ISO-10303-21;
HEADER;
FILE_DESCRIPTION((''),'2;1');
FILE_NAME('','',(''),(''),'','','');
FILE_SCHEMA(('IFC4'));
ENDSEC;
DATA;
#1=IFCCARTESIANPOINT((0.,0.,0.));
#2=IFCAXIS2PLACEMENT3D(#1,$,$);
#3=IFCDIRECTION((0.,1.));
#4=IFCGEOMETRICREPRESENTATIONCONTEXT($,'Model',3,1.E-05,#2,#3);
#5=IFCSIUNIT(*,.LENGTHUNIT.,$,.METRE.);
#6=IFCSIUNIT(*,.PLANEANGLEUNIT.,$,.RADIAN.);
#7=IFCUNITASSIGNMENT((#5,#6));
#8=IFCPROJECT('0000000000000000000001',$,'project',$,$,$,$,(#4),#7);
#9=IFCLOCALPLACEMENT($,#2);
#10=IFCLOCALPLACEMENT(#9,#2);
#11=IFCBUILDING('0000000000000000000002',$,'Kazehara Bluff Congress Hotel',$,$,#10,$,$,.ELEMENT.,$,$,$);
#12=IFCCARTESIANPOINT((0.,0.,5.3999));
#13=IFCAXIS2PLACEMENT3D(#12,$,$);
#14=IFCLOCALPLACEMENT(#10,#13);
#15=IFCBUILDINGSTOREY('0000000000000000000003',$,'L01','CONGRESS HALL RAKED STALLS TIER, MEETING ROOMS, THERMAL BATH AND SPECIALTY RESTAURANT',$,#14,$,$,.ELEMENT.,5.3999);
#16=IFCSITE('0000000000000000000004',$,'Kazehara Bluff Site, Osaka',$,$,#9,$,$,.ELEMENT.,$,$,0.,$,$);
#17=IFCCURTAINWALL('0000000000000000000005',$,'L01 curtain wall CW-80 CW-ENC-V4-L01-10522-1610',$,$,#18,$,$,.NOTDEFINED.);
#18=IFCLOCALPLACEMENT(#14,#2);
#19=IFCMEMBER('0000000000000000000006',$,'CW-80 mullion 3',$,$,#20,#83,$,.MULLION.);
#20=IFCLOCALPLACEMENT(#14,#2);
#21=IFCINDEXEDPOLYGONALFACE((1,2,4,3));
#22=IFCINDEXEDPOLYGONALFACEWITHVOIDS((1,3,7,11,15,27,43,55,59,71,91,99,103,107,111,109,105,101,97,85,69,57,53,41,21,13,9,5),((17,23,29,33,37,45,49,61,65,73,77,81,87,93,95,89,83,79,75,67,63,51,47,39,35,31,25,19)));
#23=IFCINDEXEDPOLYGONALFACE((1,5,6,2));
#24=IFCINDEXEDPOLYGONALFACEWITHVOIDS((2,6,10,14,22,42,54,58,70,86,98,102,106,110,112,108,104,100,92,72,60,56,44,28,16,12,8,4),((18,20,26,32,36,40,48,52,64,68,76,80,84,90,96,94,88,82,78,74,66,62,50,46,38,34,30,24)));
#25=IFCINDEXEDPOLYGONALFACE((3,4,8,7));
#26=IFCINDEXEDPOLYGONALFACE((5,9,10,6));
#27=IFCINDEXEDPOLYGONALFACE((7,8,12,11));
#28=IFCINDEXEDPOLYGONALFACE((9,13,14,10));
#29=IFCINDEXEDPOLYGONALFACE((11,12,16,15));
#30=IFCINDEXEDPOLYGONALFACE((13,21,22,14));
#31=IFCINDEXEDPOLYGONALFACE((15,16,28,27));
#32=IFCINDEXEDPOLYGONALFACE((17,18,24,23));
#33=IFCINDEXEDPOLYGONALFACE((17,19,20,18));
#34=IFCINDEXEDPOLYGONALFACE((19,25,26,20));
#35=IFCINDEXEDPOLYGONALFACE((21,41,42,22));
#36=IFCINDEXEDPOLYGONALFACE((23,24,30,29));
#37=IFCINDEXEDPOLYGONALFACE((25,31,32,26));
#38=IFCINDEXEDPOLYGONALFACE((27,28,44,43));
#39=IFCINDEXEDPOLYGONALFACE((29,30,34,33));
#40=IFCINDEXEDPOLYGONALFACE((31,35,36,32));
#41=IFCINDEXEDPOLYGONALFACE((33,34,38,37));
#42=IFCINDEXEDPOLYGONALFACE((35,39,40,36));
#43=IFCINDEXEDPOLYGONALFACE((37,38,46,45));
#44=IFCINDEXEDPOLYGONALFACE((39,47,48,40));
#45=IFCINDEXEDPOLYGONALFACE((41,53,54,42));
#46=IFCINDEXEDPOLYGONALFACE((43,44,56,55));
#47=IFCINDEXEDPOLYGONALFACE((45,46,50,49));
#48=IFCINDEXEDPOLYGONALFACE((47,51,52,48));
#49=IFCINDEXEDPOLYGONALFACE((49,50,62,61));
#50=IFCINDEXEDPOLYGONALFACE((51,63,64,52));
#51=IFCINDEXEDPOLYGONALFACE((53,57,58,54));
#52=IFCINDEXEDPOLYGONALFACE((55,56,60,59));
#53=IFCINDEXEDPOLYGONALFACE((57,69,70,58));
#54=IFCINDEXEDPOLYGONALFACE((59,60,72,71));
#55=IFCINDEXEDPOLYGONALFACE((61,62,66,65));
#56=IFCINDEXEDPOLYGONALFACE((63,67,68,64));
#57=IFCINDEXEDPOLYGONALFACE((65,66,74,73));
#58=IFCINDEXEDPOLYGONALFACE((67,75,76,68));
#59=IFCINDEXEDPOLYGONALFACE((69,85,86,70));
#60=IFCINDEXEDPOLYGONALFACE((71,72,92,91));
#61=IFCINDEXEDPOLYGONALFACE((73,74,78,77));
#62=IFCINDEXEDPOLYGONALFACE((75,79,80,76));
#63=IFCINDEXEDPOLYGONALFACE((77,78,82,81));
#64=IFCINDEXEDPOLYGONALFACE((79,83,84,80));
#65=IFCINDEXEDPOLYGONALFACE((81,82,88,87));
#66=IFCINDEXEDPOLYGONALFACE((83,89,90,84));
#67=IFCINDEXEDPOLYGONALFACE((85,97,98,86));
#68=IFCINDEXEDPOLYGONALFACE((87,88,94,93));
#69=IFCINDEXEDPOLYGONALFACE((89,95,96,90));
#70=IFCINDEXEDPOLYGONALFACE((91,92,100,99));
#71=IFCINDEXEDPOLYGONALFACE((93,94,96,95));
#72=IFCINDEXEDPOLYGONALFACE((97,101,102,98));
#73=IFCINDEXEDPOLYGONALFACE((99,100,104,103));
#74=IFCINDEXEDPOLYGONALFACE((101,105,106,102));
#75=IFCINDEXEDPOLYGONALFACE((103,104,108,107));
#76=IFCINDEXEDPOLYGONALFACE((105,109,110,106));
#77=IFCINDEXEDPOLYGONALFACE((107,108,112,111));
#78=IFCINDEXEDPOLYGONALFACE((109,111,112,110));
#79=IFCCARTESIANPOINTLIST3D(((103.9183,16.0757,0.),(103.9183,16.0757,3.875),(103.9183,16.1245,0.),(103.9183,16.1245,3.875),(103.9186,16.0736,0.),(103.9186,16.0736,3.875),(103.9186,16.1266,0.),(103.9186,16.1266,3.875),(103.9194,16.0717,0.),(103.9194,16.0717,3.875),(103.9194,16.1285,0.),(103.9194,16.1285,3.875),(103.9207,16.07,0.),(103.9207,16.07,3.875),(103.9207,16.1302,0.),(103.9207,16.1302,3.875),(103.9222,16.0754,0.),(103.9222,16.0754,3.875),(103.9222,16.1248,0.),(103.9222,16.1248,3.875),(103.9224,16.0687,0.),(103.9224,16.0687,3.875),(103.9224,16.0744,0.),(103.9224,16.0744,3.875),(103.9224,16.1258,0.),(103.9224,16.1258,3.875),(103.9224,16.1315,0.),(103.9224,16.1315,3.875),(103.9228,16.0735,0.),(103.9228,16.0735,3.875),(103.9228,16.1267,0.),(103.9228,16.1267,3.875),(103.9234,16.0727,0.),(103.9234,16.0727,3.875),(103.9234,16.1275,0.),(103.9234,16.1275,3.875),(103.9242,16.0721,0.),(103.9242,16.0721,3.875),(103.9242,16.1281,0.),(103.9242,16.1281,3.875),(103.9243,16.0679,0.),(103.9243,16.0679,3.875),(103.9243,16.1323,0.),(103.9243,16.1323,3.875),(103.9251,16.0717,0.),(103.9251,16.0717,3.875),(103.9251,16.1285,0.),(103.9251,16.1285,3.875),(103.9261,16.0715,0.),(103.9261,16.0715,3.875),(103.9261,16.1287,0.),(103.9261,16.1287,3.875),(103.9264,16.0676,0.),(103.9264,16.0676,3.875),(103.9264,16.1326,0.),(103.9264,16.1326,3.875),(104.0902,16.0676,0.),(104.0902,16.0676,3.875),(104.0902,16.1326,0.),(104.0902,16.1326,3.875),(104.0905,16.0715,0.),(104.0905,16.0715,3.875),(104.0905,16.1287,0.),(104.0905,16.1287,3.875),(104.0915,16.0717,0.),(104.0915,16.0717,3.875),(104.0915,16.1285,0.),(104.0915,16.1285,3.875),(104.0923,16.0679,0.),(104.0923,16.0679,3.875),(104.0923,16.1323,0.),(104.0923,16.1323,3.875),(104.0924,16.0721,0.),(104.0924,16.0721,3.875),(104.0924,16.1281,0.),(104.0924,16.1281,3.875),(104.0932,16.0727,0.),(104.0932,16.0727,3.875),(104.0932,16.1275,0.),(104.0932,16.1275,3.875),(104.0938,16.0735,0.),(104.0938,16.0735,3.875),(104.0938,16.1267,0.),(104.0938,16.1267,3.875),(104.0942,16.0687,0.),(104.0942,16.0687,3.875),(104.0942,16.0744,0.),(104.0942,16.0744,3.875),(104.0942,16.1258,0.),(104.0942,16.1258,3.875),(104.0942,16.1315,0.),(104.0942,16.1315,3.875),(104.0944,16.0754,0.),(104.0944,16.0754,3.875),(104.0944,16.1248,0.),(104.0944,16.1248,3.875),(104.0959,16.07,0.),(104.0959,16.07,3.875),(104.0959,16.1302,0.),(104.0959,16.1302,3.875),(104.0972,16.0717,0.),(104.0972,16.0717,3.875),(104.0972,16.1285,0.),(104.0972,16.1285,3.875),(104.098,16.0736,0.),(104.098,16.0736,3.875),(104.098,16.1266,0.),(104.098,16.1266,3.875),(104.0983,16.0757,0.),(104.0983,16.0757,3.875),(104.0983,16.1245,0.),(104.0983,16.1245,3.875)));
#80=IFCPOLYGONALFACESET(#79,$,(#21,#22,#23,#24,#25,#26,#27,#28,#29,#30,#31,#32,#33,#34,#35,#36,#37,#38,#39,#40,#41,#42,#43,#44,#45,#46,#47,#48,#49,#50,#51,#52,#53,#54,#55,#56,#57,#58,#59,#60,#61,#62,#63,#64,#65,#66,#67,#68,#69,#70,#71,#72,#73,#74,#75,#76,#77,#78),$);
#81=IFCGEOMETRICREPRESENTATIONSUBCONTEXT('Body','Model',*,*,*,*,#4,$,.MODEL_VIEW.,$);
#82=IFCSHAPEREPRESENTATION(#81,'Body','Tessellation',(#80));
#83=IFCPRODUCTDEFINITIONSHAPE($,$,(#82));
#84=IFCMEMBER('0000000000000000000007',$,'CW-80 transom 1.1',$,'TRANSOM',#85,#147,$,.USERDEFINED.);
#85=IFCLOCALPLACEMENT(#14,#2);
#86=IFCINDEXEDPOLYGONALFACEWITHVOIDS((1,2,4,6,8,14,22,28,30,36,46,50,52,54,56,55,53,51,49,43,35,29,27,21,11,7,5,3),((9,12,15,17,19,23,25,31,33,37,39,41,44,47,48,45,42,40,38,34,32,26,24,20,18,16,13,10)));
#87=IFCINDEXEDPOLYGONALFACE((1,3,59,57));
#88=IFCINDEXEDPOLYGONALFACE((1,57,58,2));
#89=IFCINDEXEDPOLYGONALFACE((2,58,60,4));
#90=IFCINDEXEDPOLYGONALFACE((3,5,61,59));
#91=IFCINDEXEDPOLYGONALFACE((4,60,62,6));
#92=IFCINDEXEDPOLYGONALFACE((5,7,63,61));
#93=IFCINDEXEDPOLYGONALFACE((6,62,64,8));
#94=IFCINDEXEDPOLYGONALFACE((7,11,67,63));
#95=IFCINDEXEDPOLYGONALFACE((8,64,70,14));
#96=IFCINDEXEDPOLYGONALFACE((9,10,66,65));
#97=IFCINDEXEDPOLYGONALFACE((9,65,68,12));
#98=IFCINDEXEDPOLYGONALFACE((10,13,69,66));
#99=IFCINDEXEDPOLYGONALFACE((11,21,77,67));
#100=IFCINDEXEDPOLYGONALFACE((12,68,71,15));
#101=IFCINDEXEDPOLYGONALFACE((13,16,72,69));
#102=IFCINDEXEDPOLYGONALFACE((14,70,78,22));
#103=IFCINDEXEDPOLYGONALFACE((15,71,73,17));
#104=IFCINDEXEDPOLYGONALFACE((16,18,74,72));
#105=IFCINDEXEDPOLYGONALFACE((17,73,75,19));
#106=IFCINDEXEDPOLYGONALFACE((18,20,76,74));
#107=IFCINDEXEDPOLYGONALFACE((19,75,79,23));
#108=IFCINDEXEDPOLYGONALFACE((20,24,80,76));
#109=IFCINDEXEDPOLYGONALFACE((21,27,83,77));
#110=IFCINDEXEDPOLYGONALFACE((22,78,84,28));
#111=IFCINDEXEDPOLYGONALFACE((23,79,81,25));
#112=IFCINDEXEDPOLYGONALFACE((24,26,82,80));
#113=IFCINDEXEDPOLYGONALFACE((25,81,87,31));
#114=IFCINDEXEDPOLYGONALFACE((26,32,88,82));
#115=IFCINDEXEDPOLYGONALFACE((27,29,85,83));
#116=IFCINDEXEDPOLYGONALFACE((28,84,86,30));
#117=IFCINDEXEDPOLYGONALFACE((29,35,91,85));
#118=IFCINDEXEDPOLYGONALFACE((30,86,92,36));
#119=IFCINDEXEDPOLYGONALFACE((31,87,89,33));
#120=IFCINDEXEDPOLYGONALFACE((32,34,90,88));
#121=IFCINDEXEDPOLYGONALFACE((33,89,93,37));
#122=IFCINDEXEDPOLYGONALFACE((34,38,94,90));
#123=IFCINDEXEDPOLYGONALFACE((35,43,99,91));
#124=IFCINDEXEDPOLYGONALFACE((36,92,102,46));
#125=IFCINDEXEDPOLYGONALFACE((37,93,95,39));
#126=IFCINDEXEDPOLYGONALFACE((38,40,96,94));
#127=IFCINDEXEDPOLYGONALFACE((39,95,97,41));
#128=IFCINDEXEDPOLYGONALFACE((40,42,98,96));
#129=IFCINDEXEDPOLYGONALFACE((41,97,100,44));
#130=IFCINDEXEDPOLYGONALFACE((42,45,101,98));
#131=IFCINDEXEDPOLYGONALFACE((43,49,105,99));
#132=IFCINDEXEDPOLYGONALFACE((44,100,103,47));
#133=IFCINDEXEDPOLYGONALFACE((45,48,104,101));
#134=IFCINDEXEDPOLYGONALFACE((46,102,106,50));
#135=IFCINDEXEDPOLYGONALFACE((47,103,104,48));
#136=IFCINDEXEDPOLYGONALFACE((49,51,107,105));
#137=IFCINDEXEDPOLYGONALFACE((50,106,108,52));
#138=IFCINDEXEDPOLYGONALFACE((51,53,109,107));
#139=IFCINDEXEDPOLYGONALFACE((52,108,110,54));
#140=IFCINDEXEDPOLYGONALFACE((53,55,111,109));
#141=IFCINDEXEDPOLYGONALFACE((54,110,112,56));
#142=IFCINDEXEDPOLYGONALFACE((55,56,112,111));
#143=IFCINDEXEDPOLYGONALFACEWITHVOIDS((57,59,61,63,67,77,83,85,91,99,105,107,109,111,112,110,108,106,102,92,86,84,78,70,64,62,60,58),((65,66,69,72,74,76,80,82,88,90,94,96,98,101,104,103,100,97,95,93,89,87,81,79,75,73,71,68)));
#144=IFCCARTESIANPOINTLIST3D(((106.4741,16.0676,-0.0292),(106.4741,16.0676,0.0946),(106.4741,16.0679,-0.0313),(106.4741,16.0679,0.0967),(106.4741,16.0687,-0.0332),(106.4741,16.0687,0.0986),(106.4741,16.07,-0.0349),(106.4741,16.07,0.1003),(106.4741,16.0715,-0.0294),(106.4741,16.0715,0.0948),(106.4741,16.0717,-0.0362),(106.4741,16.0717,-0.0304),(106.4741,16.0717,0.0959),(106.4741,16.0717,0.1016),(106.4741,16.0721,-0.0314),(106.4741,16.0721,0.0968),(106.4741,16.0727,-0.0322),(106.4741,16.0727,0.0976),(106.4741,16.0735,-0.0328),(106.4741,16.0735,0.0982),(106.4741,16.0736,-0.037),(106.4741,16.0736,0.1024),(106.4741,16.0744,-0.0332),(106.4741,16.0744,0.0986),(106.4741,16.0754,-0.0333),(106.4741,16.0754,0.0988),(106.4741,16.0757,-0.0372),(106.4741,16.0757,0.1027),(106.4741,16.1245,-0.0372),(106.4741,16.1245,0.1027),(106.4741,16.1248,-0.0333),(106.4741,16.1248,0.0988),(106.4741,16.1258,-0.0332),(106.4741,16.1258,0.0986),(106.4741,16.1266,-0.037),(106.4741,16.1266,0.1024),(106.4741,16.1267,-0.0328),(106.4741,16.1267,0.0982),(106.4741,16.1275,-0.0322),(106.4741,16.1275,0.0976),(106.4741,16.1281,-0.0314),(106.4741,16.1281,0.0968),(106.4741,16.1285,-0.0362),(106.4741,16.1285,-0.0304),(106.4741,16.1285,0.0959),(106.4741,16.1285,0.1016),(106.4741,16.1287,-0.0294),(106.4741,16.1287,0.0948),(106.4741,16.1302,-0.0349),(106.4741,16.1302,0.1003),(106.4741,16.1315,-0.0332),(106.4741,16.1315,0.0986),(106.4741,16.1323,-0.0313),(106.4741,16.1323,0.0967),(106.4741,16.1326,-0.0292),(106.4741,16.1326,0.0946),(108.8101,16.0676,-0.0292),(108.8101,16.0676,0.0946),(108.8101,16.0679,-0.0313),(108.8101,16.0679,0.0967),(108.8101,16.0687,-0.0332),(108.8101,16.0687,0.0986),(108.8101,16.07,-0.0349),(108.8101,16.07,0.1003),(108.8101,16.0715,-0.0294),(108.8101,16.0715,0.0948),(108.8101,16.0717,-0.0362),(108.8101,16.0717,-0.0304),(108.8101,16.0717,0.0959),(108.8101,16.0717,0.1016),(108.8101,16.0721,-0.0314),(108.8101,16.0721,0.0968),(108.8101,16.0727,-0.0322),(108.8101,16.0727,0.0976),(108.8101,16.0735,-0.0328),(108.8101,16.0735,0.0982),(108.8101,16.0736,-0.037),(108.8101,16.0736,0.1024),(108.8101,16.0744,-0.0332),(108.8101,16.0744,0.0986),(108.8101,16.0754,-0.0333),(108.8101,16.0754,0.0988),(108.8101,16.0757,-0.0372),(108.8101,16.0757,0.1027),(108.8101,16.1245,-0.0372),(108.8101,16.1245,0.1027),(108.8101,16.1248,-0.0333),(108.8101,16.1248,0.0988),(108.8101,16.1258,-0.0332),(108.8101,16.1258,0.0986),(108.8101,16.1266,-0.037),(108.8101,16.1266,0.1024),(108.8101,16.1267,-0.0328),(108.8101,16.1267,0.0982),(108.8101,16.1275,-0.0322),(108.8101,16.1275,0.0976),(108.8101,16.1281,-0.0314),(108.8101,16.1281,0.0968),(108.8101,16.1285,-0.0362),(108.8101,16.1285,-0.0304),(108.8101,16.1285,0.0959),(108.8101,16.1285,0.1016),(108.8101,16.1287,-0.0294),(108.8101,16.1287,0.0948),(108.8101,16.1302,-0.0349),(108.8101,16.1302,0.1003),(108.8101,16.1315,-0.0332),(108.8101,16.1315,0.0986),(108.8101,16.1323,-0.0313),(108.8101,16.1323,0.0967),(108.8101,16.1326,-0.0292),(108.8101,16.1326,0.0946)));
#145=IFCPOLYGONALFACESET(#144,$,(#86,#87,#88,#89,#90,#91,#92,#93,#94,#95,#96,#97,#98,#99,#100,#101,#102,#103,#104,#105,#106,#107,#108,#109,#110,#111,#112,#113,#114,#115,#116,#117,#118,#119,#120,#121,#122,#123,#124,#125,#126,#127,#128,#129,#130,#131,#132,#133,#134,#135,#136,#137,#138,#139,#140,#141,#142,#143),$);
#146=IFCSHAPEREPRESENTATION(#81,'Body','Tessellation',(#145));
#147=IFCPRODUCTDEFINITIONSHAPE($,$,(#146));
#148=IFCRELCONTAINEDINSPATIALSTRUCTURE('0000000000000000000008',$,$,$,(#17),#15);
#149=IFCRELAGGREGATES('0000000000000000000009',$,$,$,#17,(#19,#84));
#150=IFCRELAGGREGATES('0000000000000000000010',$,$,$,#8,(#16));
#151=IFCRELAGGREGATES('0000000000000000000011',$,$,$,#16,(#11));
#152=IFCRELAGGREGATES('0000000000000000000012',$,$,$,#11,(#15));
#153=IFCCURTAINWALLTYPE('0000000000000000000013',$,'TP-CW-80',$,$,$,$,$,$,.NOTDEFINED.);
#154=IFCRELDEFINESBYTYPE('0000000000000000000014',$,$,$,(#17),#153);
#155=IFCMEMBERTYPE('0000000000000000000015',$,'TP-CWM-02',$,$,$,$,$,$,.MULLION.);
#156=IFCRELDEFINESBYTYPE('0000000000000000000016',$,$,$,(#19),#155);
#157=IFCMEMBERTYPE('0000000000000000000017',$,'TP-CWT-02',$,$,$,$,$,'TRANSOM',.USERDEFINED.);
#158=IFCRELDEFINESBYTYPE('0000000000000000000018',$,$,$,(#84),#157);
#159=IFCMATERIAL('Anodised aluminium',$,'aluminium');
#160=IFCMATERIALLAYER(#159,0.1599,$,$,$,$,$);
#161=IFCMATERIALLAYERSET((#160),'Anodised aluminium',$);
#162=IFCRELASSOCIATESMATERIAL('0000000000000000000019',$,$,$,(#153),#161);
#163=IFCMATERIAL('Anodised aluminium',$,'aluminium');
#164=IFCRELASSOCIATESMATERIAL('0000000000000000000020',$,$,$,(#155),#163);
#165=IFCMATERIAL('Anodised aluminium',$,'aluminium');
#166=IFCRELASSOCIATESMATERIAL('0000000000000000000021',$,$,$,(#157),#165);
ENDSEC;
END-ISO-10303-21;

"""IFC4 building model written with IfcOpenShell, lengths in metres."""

from ifc_helpers import new_model, si_unit, direction, frame, origin, origin_2d, place, context, subcontext, project, spatial, hollow_rectangle, extrude, material, layer, layer_set, material_profile, profile_set, type_object, element, aggregate, save


model = new_model("IFC4")

# Units and contexts
model_context = context("Model", 3, precision=1e-05, world=origin(), true_north=direction((0.0, 1.0)))
body_context = subcontext(model_context, "Body", "Model", "MODEL_VIEW")
ifc_project = project(units=[si_unit("LENGTHUNIT", "METRE"), si_unit("PLANEANGLEUNIT", "RADIAN")], contexts=[model_context])

# Site, building, storey
site_placement = place(None, origin())
site = spatial("IfcSite", under=ifc_project, at=site_placement, Name="Kazehara Bluff Site, Osaka", CompositionType="ELEMENT", RefElevation=0.0)
building_placement = place(site_placement, origin())
building = spatial("IfcBuilding", under=site, at=building_placement, Name="Kazehara Bluff Congress Hotel", CompositionType="ELEMENT")
storey_placement = place(building_placement, frame((0.0, 0.0, 5.3999)))
storey = spatial("IfcBuildingStorey", under=building, at=storey_placement, Name="L01", Description="CONGRESS HALL RAKED STALLS TIER, MEETING ROOMS, THERMAL BATH AND SPECIALTY RESTAURANT", CompositionType="ELEMENT", Elevation=5.3999)

# Curtain wall, members
ifc_material_1 = material(Name="Anodised aluminium", Category="aluminium")
ifc_layer_1 = layer(ifc_material_1, 0.1599)
ifc_layer_set_1 = layer_set([ifc_layer_1], Name="Anodised aluminium")
curtain_wall_type = type_object("IfcCurtainWallType", Name="TP-CW-80", PredefinedType="NOTDEFINED", material=ifc_layer_set_1)
curtain_wall_placement = place(storey_placement, origin())
curtain_wall = element("IfcCurtainWall", 1, at=curtain_wall_placement, inside=storey, type_object=curtain_wall_type, Name="L01 curtain wall CW-80 CW-ENC-V4-L01-10522-1610", PredefinedType="NOTDEFINED")
ifc_material_2 = material(Name="Anodised aluminium", Category="aluminium")
ifc_material_profile_1 = material_profile(ifc_material_2, hollow_rectangle(XDim=0.0649, YDim=0.1799, WallThickness=0.0039, InnerFilletRadius=0.0039, OuterFilletRadius=0.0081, at=origin_2d()))
ifc_profile_set_1 = profile_set([ifc_material_profile_1], Name="Anodised aluminium")
member_type_1 = type_object("IfcMemberType", Name="TP-CWM-02", PredefinedType="MULLION", material=ifc_profile_set_1)
member_1_placement = place(storey_placement, frame((104.0083, 16.1001, 0.0), z_axis=(0.0, 0.0, 1.0), x_axis=(0.0, -1.0, 0.0)))
member_1 = element("IfcMember", 2, at=member_1_placement, type_object=member_type_1, Name="CW-80 mullion 3", PredefinedType="MULLION", context=body_context, shape_type="SweptSolid", body=[
    extrude(hollow_rectangle(XDim=0.0649, YDim=0.1799, WallThickness=0.0039, InnerFilletRadius=0.0039, OuterFilletRadius=0.0081, at=origin_2d()), origin(), (0.0, 0.0, 1.0), 3.875),
])
ifc_material_3 = material(Name="Anodised aluminium", Category="aluminium")
ifc_material_profile_2 = material_profile(ifc_material_3, hollow_rectangle(XDim=0.0649, YDim=0.1399, WallThickness=0.0039, InnerFilletRadius=0.0039, OuterFilletRadius=0.0081, at=origin_2d()))
ifc_profile_set_2 = profile_set([ifc_material_profile_2], Name="Anodised aluminium")
member_type_2 = type_object("IfcMemberType", Name="TP-CWT-02", ElementType="TRANSOM", PredefinedType="USERDEFINED", material=ifc_profile_set_2)
member_2_placement = place(storey_placement, frame((108.8101, 16.1001, 0.0327), z_axis=(-1.0, 0.0, 0.0), x_axis=(0.0, -1.0, 0.0)))
member_2 = element("IfcMember", 3, at=member_2_placement, type_object=member_type_2, Name="CW-80 transom 1.1", ObjectType="TRANSOM", PredefinedType="USERDEFINED", context=body_context, shape_type="SweptSolid", body=[
    extrude(hollow_rectangle(XDim=0.0649, YDim=0.1399, WallThickness=0.0039, InnerFilletRadius=0.0039, OuterFilletRadius=0.0081, at=origin_2d()), origin(), (0.0, 0.0, 1.0), 2.3359),
])

aggregate(curtain_wall, [member_1, member_2])

save(model, "model.ifc")
